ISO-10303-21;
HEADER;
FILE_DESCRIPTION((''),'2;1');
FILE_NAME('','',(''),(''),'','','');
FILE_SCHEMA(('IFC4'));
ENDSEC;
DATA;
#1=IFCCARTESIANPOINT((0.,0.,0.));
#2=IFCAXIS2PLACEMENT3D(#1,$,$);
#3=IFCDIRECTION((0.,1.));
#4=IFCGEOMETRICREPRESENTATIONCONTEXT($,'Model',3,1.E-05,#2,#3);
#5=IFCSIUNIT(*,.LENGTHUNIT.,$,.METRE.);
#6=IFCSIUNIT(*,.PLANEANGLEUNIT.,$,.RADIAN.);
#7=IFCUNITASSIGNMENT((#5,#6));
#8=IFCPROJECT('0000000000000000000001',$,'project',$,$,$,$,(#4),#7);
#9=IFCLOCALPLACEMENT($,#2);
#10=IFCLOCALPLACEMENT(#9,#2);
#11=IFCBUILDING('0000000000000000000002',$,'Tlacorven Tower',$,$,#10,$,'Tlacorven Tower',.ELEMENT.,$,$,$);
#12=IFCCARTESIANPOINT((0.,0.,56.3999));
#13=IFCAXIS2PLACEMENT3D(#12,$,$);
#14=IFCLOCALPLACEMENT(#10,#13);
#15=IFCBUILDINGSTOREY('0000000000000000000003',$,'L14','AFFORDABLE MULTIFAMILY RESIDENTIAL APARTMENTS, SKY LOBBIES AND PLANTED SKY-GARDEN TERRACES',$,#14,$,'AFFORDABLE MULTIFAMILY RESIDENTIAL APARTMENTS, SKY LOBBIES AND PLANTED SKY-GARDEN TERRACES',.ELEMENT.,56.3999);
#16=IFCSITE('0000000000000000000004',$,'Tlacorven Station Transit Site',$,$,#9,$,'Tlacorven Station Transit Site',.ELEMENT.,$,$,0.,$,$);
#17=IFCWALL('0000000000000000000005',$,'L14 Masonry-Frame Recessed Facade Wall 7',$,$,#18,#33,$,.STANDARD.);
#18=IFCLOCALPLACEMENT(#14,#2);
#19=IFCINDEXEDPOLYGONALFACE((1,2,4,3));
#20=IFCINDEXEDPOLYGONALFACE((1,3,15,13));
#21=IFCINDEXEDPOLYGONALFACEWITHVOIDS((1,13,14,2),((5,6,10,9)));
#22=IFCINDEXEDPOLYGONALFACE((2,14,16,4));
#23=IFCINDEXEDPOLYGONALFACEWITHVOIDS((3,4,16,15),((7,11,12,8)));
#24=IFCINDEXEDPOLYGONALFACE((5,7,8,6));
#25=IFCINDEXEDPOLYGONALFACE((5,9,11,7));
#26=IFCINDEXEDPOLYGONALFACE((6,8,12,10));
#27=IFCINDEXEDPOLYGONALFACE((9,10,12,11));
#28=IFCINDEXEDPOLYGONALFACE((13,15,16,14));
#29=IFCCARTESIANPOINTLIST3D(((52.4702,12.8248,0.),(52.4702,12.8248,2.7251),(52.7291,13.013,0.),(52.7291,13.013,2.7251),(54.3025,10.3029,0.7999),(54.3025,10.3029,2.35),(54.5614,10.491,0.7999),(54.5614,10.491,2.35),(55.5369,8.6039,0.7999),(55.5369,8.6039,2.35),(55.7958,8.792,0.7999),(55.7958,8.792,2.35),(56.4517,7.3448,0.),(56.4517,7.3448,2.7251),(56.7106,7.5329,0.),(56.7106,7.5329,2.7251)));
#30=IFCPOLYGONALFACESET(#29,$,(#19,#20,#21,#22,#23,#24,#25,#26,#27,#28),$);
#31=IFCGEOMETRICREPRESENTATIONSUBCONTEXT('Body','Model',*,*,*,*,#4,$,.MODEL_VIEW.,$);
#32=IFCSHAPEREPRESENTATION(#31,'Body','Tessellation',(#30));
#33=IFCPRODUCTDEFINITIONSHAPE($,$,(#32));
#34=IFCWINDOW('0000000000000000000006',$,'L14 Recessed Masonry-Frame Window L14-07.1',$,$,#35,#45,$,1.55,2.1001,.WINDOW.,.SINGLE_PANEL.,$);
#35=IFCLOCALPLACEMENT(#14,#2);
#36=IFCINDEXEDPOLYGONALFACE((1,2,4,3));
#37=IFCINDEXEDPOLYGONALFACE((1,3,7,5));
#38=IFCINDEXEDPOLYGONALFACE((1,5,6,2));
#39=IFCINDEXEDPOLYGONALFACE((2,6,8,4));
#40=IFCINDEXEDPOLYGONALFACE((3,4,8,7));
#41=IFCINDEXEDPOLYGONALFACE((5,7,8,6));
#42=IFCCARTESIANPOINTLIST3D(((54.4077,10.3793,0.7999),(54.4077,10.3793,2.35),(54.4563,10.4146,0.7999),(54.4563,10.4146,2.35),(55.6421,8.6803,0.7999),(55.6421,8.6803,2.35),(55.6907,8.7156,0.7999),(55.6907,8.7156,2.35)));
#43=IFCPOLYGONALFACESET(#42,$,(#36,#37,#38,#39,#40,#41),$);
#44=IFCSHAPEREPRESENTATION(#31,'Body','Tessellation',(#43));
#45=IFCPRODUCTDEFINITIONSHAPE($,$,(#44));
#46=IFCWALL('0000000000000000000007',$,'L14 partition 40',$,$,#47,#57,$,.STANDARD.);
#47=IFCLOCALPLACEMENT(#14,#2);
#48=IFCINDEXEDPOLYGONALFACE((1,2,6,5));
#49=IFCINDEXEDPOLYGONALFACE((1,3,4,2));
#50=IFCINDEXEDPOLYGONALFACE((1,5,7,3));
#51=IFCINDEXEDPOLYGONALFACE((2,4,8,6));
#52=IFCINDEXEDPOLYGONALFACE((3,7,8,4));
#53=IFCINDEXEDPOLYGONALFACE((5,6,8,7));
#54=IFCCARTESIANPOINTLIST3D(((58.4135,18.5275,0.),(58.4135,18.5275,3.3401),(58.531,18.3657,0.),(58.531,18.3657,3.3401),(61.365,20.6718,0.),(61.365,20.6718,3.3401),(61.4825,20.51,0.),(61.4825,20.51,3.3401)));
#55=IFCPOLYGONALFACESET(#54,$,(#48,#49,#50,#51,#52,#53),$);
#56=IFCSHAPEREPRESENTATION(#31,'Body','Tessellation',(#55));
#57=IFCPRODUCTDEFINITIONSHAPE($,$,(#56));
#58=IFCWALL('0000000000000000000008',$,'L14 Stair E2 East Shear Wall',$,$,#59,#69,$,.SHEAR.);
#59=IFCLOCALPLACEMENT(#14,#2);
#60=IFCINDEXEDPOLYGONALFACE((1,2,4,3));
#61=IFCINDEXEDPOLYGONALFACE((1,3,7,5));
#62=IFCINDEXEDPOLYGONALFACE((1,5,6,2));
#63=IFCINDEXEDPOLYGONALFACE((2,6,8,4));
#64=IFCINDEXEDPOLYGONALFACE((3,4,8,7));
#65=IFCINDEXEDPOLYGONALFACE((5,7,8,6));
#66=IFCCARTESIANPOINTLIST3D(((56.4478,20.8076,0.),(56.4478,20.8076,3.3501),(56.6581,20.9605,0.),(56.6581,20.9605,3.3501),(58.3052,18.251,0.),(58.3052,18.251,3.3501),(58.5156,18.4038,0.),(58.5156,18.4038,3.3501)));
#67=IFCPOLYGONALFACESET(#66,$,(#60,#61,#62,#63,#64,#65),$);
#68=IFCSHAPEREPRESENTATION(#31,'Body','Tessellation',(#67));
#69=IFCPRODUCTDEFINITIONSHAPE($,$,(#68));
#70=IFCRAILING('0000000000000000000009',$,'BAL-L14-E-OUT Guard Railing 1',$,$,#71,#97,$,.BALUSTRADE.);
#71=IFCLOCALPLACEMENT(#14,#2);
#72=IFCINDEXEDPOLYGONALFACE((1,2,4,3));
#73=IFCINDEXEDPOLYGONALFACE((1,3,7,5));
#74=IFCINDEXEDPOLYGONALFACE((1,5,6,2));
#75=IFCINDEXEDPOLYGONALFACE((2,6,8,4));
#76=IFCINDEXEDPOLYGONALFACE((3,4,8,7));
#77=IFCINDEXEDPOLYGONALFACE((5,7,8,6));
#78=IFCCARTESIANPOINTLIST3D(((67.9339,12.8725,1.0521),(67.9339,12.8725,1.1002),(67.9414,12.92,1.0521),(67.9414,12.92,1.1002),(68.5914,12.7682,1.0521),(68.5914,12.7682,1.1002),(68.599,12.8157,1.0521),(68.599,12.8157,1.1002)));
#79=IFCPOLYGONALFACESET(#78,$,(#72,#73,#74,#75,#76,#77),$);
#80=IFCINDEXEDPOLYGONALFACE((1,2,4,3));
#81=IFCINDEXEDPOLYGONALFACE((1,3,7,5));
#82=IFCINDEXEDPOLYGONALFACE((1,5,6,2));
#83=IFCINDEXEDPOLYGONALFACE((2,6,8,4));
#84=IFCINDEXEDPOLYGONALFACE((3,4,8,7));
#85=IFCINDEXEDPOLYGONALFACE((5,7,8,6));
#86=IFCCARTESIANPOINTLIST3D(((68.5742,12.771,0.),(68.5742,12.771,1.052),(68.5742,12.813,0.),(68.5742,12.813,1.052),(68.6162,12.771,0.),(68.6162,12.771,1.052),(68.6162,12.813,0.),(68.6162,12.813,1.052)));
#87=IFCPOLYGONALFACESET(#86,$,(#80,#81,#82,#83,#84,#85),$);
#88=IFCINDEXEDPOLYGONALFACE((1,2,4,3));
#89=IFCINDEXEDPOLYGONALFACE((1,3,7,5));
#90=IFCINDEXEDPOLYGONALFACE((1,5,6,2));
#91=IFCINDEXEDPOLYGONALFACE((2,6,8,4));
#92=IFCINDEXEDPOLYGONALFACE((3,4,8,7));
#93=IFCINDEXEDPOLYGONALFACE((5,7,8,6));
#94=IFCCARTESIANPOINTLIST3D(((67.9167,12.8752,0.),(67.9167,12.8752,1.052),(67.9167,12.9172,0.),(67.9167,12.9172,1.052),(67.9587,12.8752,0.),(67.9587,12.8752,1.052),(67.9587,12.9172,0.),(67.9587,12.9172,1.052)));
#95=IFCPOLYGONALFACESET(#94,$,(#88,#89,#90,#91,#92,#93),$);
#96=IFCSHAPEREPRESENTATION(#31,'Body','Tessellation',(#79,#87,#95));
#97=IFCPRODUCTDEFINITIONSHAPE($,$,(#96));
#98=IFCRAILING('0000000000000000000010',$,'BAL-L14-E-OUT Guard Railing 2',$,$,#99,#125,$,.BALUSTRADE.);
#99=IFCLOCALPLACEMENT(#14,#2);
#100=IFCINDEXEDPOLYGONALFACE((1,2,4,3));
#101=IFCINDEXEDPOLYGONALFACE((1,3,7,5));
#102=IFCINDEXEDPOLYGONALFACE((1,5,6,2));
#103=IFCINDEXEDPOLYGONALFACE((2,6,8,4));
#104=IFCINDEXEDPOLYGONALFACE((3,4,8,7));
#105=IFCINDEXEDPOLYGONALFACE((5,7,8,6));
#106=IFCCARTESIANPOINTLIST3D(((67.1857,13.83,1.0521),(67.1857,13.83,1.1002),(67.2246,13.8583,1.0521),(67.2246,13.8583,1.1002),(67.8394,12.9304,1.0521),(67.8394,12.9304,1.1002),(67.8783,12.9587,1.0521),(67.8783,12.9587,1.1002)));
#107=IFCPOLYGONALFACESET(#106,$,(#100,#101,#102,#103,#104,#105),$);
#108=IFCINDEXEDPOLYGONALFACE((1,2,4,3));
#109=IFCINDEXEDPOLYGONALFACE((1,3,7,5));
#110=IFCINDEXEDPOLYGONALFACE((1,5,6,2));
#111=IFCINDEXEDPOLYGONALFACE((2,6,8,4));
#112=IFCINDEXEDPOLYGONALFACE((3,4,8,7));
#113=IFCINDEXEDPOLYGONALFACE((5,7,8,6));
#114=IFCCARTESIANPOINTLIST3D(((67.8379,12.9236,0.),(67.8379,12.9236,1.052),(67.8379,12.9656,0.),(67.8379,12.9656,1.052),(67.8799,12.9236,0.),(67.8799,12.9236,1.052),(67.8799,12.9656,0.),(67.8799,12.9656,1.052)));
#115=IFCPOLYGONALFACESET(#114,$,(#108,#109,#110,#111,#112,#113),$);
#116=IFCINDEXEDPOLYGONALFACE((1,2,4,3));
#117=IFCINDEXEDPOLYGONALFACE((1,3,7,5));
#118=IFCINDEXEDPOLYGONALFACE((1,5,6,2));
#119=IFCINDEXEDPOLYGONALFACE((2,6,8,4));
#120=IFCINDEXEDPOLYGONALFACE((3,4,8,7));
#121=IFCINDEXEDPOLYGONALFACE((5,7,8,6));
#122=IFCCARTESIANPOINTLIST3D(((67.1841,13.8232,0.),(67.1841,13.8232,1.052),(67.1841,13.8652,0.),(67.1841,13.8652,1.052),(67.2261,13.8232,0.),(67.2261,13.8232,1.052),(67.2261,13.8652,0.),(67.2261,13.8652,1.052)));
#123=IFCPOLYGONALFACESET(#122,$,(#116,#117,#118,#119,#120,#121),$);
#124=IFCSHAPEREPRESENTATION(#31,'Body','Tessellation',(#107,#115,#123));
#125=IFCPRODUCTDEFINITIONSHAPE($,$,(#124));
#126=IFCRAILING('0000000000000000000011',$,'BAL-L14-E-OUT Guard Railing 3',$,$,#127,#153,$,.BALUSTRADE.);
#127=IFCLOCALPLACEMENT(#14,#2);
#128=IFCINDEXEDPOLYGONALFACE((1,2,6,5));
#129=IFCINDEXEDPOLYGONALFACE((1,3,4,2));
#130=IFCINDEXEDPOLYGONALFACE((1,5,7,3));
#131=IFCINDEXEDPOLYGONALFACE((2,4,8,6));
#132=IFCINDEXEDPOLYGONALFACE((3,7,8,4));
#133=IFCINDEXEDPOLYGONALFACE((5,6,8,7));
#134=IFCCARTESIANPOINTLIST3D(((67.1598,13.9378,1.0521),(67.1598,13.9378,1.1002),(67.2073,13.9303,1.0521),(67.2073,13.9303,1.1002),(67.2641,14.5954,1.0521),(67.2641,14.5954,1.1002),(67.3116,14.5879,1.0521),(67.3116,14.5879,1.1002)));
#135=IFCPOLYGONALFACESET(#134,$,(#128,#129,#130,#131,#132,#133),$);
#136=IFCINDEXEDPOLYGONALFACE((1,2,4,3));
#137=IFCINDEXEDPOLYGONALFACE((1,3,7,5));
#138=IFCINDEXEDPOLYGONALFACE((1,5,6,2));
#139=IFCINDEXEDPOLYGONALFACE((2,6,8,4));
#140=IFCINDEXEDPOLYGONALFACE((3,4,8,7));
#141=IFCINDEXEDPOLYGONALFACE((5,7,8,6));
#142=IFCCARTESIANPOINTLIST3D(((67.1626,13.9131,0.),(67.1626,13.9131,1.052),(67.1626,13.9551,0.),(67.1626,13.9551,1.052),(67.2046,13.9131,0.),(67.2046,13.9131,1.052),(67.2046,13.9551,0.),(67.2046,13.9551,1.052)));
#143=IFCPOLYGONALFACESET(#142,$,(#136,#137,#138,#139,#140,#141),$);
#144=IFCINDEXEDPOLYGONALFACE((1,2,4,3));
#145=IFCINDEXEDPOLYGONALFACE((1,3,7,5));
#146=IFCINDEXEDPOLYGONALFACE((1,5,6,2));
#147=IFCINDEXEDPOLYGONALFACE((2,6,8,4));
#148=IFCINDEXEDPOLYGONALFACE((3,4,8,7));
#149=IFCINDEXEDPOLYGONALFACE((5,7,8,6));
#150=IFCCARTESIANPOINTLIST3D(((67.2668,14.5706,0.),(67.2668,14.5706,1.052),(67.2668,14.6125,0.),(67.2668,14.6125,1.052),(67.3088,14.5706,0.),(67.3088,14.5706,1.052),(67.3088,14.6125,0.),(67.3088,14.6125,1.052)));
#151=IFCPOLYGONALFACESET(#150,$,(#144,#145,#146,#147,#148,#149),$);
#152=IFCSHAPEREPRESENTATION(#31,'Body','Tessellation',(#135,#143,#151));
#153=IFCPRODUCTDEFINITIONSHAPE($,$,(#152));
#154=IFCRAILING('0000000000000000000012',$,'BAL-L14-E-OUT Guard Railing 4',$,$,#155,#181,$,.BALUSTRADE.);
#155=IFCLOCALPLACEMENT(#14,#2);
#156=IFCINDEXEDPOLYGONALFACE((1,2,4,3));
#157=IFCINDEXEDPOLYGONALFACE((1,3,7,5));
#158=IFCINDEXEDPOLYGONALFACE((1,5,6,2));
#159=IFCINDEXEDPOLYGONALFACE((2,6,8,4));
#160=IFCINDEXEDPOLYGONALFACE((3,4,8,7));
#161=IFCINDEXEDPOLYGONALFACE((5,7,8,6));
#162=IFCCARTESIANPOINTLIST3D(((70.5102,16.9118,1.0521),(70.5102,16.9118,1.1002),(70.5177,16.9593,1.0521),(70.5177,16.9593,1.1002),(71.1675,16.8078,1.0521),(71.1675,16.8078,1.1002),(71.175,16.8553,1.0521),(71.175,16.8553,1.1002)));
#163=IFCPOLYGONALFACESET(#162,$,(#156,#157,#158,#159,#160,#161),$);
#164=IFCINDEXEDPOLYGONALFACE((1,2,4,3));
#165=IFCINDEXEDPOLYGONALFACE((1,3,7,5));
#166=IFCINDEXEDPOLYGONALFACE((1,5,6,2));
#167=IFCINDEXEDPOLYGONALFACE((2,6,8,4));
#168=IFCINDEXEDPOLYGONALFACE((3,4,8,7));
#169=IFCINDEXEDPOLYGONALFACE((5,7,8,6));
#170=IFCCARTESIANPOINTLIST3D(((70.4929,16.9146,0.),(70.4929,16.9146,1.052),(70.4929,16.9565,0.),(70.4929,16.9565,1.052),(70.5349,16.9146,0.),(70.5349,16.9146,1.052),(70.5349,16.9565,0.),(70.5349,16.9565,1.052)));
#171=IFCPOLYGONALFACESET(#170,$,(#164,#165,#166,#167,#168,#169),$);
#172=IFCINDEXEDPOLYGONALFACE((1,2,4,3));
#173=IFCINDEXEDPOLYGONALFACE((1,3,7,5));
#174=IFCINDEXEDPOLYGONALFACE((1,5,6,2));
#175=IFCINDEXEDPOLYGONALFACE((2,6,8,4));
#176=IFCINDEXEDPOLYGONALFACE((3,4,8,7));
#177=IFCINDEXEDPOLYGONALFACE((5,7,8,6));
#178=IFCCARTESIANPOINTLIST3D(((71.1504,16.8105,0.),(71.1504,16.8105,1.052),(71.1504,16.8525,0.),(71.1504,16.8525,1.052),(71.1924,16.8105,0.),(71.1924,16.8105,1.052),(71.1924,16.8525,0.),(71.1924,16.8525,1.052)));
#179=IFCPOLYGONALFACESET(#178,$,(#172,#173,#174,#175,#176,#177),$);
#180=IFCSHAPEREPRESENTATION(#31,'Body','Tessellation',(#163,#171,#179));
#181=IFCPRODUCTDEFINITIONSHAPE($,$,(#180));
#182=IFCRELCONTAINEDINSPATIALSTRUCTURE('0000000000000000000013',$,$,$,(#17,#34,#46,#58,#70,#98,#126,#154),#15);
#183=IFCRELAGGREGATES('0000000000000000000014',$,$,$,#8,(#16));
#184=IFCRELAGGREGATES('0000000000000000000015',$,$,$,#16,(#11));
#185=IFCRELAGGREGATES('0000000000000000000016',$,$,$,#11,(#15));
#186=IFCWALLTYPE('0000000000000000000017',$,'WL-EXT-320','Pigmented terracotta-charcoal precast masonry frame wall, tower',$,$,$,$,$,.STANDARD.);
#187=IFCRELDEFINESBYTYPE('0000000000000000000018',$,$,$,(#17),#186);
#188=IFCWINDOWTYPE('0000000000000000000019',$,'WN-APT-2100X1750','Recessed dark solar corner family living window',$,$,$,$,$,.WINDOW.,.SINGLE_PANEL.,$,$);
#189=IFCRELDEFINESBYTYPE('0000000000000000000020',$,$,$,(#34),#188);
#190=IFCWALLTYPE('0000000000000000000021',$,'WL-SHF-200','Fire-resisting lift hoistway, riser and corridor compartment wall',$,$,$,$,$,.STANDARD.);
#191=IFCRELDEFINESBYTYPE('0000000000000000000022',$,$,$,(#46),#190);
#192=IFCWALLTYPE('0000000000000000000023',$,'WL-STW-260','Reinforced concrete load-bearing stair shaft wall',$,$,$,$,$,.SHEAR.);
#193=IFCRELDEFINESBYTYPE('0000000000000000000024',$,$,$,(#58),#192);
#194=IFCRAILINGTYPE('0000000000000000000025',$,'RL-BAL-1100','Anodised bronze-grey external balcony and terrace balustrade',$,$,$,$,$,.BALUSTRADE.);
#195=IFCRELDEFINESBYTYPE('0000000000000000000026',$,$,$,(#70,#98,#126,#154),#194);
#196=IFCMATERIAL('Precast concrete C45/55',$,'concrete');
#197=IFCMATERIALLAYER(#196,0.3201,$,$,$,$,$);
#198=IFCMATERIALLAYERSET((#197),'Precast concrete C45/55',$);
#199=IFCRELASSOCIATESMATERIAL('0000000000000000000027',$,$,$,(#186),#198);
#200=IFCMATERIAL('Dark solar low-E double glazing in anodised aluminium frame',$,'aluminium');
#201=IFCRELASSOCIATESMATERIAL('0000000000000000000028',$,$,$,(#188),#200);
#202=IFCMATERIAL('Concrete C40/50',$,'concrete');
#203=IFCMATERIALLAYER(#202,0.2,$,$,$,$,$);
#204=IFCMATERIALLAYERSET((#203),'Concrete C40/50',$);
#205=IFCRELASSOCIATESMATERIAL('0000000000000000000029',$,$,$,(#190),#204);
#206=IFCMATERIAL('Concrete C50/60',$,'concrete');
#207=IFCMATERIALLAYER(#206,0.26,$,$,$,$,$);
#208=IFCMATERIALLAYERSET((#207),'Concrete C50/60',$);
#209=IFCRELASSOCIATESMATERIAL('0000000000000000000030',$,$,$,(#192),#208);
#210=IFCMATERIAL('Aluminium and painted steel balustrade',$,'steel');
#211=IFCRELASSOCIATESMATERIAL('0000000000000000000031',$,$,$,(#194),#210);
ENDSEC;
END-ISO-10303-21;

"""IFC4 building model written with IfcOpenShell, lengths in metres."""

from ifc_helpers import new_model, si_unit, direction, frame, frame_2d, origin, origin_2d, place, context, subcontext, project, spatial, rectangle, extrude, source, transform, mapped, material, layer, layer_set, type_object, element, fill, save


model = new_model("IFC4")

# Units and contexts
model_context = context("Model", 3, precision=1e-05, world=origin(), true_north=direction((0.0, 1.0)))
body_context = subcontext(model_context, "Body", "Model", "MODEL_VIEW")
ifc_project = project(units=[si_unit("LENGTHUNIT", "METRE"), si_unit("PLANEANGLEUNIT", "RADIAN")], contexts=[model_context])

# Site, building, storey
site_placement = place(None, origin())
site = spatial("IfcSite", under=ifc_project, at=site_placement, Name="Tlacorven Station Transit Site", LongName="Tlacorven Station Transit Site", CompositionType="ELEMENT", RefElevation=0.0)
building_placement = place(site_placement, origin())
building = spatial("IfcBuilding", under=site, at=building_placement, Name="Tlacorven Tower", LongName="Tlacorven Tower", CompositionType="ELEMENT")
storey_placement = place(building_placement, frame((0.0, 0.0, 56.3999)))
storey = spatial("IfcBuildingStorey", under=building, at=storey_placement, Name="L14", Description="AFFORDABLE MULTIFAMILY RESIDENTIAL APARTMENTS, SKY LOBBIES AND PLANTED SKY-GARDEN TERRACES", LongName="AFFORDABLE MULTIFAMILY RESIDENTIAL APARTMENTS, SKY LOBBIES AND PLANTED SKY-GARDEN TERRACES", CompositionType="ELEMENT", Elevation=56.3999)

# Shared definitions
ifc_material_1 = material(Name="Precast concrete C45/55", Category="concrete")
ifc_layer_1 = layer(ifc_material_1, 0.3201)
ifc_layer_set_1 = layer_set([ifc_layer_1], Name="Precast concrete C45/55")
wall_type_1 = type_object("IfcWallType", Name="WL-EXT-320", Description="Pigmented terracotta-charcoal precast masonry frame wall, tower", PredefinedType="STANDARD", material=ifc_layer_set_1)
ifc_material_2 = material(Name="Dark solar low-E double glazing in anodised aluminium frame", Category="aluminium")

# Wall, opening, window
wall_1_placement = place(storey_placement, frame((56.5811, 7.439, 0.0), z_axis=(0.0, 0.0, 1.0), x_axis=(-0.587786, 0.809017, 0.0)))
wall_1 = element("IfcWall", 1, at=wall_1_placement, inside=storey, type_object=wall_type_1, Name="L14 Masonry-Frame Recessed Facade Wall 7", PredefinedType="STANDARD", context=body_context, shape_type="SweptSolid", body=[
    extrude(rectangle(XDim=6.7737, YDim=0.3201, at=frame_2d((3.3867, 0.0))), origin(), (0.0, 0.0, 1.0), 2.7251),
])
opening_1_placement = place(wall_1_placement, frame((1.5562, 0.0, 0.8)))
opening_1 = element("IfcOpeningElement", 2, at=opening_1_placement, cuts=wall_1, PredefinedType="OPENING", context=body_context, shape_type="SweptSolid", body=[
    extrude(rectangle(XDim=2.1001, YDim=1.55, at=frame_2d((1.05, 0.7749))), frame((0.0, 0.1699, 0.0), z_axis=(0.0, -1.0, 0.0), x_axis=(1.0, 0.0, 0.0)), (0.0, 0.0, 1.0), 0.3401),
])
window_type_1 = type_object("IfcWindowType", Name="WN-APT-2100X1750", Description="Recessed dark solar corner family living window", PartitioningType="SINGLE_PANEL", PredefinedType="WINDOW", material=ifc_material_2)
shared_shape_1 = source(origin(), body_context, "Body", "SweptSolid", [
    extrude(rectangle(XDim=2.1001, YDim=1.55, at=frame_2d((1.05, 0.7749))), frame((0.0, 0.03, 0.0), z_axis=(0.0, -1.0, 0.0), x_axis=(1.0, 0.0, 0.0)), (0.0, 0.0, 1.0), 0.0601),
])
window_1_placement = place(opening_1_placement, origin())
window_1 = element("IfcWindow", 3, at=window_1_placement, inside=storey, type_object=window_type_1, Name="L14 Recessed Masonry-Frame Window L14-07.1", OverallHeight=1.55, OverallWidth=2.1001, PartitioningType="SINGLE_PANEL", PredefinedType="WINDOW", context=body_context, shape_type="MappedRepresentation", body=[
    mapped(shared_shape_1, transform((0.0, 0.0, 0.0), scale=1.0)),
])
fill(opening_1, window_1)

# Walls
ifc_material_3 = material(Name="Concrete C40/50", Category="concrete")
ifc_layer_2 = layer(ifc_material_3, 0.2)
ifc_layer_set_2 = layer_set([ifc_layer_2], Name="Concrete C40/50")
wall_type_2 = type_object("IfcWallType", Name="WL-SHF-200", Description="Fire-resisting lift hoistway, riser and corridor compartment wall", PredefinedType="STANDARD", material=ifc_layer_set_2)
wall_2_placement = place(storey_placement, frame((58.4722, 18.4465, 0.0), z_axis=(0.0, 0.0, 1.0), x_axis=(0.809022, 0.587778, 0.0)))
element("IfcWall", 4, at=wall_2_placement, inside=storey, type_object=wall_type_2, Name="L14 partition 40", PredefinedType="STANDARD", context=body_context, shape_type="SweptSolid", body=[
    extrude(rectangle(XDim=3.6482, YDim=0.2, at=frame_2d((1.8242, 0.0))), origin(), (0.0, 0.0, 1.0), 3.3401),
])
ifc_material_4 = material(Name="Concrete C50/60", Category="concrete")
ifc_layer_3 = layer(ifc_material_4, 0.26)
ifc_layer_set_3 = layer_set([ifc_layer_3], Name="Concrete C50/60")
wall_type_3 = type_object("IfcWallType", Name="WL-STW-260", Description="Reinforced concrete load-bearing stair shaft wall", PredefinedType="SHEAR", material=ifc_layer_set_3)
wall_3_placement = place(storey_placement, frame((58.4104, 18.3274, 0.0), z_axis=(0.0, 0.0, 1.0), x_axis=(-0.587767, 0.80903, 0.0)))
element("IfcWall", 5, at=wall_3_placement, inside=storey, type_object=wall_type_3, Name="L14 Stair E2 East Shear Wall", PredefinedType="SHEAR", context=body_context, shape_type="SweptSolid", body=[
    extrude(rectangle(XDim=3.1602, YDim=0.26, at=frame_2d((1.5801, 0.0))), origin(), (0.0, 0.0, 1.0), 3.3501),
])

# Railings
ifc_material_5 = material(Name="Aluminium and painted steel balustrade", Category="steel")
railing_type = type_object("IfcRailingType", Name="RL-BAL-1100", Description="Anodised bronze-grey external balcony and terrace balustrade", PredefinedType="BALUSTRADE", material=ifc_material_5)
shared_shape_2 = source(origin(), body_context, "Body", "SweptSolid", [
    extrude(rectangle(XDim=0.0481, YDim=0.0481, at=origin_2d()), frame((0.0, 0.0, 1.0762), z_axis=(-0.987662, 0.156603, 0.0), x_axis=(-0.156603, -0.987662, 0.0)), (0.0, 0.0, 1.0), 0.6658),
    extrude(rectangle(XDim=0.042, YDim=0.042, at=origin_2d()), origin(), (0.0, 0.0, 1.0), 1.052),
    extrude(rectangle(XDim=0.042, YDim=0.042, at=origin_2d()), frame((-0.6575, 0.1042, 0.0)), (0.0, 0.0, 1.0), 1.052),
])
railing_1_placement = place(storey_placement, frame((68.5952, 12.792, 0.0)))
element("IfcRailing", 6, at=railing_1_placement, inside=storey, type_object=railing_type, Name="BAL-L14-E-OUT Guard Railing 1", PredefinedType="BALUSTRADE", context=body_context, shape_type="MappedRepresentation", body=[
    mapped(shared_shape_2, transform((0.0, 0.0, 0.0), scale=1.0)),
])
shared_shape_3 = source(origin(), body_context, "Body", "SweptSolid", [
    extrude(rectangle(XDim=0.0481, YDim=0.0481, at=origin_2d()), frame((0.0, 0.0, 1.0762), z_axis=(-0.587884, 0.808945, 0.0), x_axis=(-0.808945, -0.587884, 0.0)), (0.0, 0.0, 1.0), 1.1121),
    extrude(rectangle(XDim=0.042, YDim=0.042, at=origin_2d()), origin(), (0.0, 0.0, 1.0), 1.052),
    extrude(rectangle(XDim=0.042, YDim=0.042, at=origin_2d()), frame((-0.6538, 0.8997, 0.0)), (0.0, 0.0, 1.0), 1.052),
])
railing_2_placement = place(storey_placement, frame((67.8589, 12.9446, 0.0)))
element("IfcRailing", 7, at=railing_2_placement, inside=storey, type_object=railing_type, Name="BAL-L14-E-OUT Guard Railing 2", PredefinedType="BALUSTRADE", context=body_context, shape_type="MappedRepresentation", body=[
    mapped(shared_shape_3, transform((0.0, 0.0, 0.0), scale=1.0)),
])
shared_shape_4 = source(origin(), body_context, "Body", "SweptSolid", [
    extrude(rectangle(XDim=0.0481, YDim=0.0481, at=origin_2d()), frame((0.0, 0.0, 1.0762), z_axis=(0.156603, 0.987662, 0.0), x_axis=(-0.987662, 0.156603, 0.0)), (0.0, 0.0, 1.0), 0.6658),
    extrude(rectangle(XDim=0.042, YDim=0.042, at=origin_2d()), origin(), (0.0, 0.0, 1.0), 1.052),
    extrude(rectangle(XDim=0.042, YDim=0.042, at=origin_2d()), frame((0.1042, 0.6575, 0.0)), (0.0, 0.0, 1.0), 1.052),
])
railing_3_placement = place(storey_placement, frame((67.1836, 13.9341, 0.0)))
element("IfcRailing", 8, at=railing_3_placement, inside=storey, type_object=railing_type, Name="BAL-L14-E-OUT Guard Railing 3", PredefinedType="BALUSTRADE", context=body_context, shape_type="MappedRepresentation", body=[
    mapped(shared_shape_4, transform((0.0, 0.0, 0.0), scale=1.0)),
])
shared_shape_5 = source(origin(), body_context, "Body", "SweptSolid", [
    extrude(rectangle(XDim=0.0481, YDim=0.0481, at=origin_2d()), frame((0.0, 0.0, 1.0762), z_axis=(0.987718, -0.156245, 0.0), x_axis=(0.156245, 0.987718, 0.0)), (0.0, 0.0, 1.0), 0.6655),
    extrude(rectangle(XDim=0.042, YDim=0.042, at=origin_2d()), origin(), (0.0, 0.0, 1.0), 1.052),
    extrude(rectangle(XDim=0.042, YDim=0.042, at=origin_2d()), frame((0.6575, -0.104, 0.0)), (0.0, 0.0, 1.0), 1.052),
])
railing_4_placement = place(storey_placement, frame((70.5139, 16.9355, 0.0)))
element("IfcRailing", 9, at=railing_4_placement, inside=storey, type_object=railing_type, Name="BAL-L14-E-OUT Guard Railing 4", PredefinedType="BALUSTRADE", context=body_context, shape_type="MappedRepresentation", body=[
    mapped(shared_shape_5, transform((0.0, 0.0, 0.0), scale=1.0)),
])

save(model, "model.ifc")
